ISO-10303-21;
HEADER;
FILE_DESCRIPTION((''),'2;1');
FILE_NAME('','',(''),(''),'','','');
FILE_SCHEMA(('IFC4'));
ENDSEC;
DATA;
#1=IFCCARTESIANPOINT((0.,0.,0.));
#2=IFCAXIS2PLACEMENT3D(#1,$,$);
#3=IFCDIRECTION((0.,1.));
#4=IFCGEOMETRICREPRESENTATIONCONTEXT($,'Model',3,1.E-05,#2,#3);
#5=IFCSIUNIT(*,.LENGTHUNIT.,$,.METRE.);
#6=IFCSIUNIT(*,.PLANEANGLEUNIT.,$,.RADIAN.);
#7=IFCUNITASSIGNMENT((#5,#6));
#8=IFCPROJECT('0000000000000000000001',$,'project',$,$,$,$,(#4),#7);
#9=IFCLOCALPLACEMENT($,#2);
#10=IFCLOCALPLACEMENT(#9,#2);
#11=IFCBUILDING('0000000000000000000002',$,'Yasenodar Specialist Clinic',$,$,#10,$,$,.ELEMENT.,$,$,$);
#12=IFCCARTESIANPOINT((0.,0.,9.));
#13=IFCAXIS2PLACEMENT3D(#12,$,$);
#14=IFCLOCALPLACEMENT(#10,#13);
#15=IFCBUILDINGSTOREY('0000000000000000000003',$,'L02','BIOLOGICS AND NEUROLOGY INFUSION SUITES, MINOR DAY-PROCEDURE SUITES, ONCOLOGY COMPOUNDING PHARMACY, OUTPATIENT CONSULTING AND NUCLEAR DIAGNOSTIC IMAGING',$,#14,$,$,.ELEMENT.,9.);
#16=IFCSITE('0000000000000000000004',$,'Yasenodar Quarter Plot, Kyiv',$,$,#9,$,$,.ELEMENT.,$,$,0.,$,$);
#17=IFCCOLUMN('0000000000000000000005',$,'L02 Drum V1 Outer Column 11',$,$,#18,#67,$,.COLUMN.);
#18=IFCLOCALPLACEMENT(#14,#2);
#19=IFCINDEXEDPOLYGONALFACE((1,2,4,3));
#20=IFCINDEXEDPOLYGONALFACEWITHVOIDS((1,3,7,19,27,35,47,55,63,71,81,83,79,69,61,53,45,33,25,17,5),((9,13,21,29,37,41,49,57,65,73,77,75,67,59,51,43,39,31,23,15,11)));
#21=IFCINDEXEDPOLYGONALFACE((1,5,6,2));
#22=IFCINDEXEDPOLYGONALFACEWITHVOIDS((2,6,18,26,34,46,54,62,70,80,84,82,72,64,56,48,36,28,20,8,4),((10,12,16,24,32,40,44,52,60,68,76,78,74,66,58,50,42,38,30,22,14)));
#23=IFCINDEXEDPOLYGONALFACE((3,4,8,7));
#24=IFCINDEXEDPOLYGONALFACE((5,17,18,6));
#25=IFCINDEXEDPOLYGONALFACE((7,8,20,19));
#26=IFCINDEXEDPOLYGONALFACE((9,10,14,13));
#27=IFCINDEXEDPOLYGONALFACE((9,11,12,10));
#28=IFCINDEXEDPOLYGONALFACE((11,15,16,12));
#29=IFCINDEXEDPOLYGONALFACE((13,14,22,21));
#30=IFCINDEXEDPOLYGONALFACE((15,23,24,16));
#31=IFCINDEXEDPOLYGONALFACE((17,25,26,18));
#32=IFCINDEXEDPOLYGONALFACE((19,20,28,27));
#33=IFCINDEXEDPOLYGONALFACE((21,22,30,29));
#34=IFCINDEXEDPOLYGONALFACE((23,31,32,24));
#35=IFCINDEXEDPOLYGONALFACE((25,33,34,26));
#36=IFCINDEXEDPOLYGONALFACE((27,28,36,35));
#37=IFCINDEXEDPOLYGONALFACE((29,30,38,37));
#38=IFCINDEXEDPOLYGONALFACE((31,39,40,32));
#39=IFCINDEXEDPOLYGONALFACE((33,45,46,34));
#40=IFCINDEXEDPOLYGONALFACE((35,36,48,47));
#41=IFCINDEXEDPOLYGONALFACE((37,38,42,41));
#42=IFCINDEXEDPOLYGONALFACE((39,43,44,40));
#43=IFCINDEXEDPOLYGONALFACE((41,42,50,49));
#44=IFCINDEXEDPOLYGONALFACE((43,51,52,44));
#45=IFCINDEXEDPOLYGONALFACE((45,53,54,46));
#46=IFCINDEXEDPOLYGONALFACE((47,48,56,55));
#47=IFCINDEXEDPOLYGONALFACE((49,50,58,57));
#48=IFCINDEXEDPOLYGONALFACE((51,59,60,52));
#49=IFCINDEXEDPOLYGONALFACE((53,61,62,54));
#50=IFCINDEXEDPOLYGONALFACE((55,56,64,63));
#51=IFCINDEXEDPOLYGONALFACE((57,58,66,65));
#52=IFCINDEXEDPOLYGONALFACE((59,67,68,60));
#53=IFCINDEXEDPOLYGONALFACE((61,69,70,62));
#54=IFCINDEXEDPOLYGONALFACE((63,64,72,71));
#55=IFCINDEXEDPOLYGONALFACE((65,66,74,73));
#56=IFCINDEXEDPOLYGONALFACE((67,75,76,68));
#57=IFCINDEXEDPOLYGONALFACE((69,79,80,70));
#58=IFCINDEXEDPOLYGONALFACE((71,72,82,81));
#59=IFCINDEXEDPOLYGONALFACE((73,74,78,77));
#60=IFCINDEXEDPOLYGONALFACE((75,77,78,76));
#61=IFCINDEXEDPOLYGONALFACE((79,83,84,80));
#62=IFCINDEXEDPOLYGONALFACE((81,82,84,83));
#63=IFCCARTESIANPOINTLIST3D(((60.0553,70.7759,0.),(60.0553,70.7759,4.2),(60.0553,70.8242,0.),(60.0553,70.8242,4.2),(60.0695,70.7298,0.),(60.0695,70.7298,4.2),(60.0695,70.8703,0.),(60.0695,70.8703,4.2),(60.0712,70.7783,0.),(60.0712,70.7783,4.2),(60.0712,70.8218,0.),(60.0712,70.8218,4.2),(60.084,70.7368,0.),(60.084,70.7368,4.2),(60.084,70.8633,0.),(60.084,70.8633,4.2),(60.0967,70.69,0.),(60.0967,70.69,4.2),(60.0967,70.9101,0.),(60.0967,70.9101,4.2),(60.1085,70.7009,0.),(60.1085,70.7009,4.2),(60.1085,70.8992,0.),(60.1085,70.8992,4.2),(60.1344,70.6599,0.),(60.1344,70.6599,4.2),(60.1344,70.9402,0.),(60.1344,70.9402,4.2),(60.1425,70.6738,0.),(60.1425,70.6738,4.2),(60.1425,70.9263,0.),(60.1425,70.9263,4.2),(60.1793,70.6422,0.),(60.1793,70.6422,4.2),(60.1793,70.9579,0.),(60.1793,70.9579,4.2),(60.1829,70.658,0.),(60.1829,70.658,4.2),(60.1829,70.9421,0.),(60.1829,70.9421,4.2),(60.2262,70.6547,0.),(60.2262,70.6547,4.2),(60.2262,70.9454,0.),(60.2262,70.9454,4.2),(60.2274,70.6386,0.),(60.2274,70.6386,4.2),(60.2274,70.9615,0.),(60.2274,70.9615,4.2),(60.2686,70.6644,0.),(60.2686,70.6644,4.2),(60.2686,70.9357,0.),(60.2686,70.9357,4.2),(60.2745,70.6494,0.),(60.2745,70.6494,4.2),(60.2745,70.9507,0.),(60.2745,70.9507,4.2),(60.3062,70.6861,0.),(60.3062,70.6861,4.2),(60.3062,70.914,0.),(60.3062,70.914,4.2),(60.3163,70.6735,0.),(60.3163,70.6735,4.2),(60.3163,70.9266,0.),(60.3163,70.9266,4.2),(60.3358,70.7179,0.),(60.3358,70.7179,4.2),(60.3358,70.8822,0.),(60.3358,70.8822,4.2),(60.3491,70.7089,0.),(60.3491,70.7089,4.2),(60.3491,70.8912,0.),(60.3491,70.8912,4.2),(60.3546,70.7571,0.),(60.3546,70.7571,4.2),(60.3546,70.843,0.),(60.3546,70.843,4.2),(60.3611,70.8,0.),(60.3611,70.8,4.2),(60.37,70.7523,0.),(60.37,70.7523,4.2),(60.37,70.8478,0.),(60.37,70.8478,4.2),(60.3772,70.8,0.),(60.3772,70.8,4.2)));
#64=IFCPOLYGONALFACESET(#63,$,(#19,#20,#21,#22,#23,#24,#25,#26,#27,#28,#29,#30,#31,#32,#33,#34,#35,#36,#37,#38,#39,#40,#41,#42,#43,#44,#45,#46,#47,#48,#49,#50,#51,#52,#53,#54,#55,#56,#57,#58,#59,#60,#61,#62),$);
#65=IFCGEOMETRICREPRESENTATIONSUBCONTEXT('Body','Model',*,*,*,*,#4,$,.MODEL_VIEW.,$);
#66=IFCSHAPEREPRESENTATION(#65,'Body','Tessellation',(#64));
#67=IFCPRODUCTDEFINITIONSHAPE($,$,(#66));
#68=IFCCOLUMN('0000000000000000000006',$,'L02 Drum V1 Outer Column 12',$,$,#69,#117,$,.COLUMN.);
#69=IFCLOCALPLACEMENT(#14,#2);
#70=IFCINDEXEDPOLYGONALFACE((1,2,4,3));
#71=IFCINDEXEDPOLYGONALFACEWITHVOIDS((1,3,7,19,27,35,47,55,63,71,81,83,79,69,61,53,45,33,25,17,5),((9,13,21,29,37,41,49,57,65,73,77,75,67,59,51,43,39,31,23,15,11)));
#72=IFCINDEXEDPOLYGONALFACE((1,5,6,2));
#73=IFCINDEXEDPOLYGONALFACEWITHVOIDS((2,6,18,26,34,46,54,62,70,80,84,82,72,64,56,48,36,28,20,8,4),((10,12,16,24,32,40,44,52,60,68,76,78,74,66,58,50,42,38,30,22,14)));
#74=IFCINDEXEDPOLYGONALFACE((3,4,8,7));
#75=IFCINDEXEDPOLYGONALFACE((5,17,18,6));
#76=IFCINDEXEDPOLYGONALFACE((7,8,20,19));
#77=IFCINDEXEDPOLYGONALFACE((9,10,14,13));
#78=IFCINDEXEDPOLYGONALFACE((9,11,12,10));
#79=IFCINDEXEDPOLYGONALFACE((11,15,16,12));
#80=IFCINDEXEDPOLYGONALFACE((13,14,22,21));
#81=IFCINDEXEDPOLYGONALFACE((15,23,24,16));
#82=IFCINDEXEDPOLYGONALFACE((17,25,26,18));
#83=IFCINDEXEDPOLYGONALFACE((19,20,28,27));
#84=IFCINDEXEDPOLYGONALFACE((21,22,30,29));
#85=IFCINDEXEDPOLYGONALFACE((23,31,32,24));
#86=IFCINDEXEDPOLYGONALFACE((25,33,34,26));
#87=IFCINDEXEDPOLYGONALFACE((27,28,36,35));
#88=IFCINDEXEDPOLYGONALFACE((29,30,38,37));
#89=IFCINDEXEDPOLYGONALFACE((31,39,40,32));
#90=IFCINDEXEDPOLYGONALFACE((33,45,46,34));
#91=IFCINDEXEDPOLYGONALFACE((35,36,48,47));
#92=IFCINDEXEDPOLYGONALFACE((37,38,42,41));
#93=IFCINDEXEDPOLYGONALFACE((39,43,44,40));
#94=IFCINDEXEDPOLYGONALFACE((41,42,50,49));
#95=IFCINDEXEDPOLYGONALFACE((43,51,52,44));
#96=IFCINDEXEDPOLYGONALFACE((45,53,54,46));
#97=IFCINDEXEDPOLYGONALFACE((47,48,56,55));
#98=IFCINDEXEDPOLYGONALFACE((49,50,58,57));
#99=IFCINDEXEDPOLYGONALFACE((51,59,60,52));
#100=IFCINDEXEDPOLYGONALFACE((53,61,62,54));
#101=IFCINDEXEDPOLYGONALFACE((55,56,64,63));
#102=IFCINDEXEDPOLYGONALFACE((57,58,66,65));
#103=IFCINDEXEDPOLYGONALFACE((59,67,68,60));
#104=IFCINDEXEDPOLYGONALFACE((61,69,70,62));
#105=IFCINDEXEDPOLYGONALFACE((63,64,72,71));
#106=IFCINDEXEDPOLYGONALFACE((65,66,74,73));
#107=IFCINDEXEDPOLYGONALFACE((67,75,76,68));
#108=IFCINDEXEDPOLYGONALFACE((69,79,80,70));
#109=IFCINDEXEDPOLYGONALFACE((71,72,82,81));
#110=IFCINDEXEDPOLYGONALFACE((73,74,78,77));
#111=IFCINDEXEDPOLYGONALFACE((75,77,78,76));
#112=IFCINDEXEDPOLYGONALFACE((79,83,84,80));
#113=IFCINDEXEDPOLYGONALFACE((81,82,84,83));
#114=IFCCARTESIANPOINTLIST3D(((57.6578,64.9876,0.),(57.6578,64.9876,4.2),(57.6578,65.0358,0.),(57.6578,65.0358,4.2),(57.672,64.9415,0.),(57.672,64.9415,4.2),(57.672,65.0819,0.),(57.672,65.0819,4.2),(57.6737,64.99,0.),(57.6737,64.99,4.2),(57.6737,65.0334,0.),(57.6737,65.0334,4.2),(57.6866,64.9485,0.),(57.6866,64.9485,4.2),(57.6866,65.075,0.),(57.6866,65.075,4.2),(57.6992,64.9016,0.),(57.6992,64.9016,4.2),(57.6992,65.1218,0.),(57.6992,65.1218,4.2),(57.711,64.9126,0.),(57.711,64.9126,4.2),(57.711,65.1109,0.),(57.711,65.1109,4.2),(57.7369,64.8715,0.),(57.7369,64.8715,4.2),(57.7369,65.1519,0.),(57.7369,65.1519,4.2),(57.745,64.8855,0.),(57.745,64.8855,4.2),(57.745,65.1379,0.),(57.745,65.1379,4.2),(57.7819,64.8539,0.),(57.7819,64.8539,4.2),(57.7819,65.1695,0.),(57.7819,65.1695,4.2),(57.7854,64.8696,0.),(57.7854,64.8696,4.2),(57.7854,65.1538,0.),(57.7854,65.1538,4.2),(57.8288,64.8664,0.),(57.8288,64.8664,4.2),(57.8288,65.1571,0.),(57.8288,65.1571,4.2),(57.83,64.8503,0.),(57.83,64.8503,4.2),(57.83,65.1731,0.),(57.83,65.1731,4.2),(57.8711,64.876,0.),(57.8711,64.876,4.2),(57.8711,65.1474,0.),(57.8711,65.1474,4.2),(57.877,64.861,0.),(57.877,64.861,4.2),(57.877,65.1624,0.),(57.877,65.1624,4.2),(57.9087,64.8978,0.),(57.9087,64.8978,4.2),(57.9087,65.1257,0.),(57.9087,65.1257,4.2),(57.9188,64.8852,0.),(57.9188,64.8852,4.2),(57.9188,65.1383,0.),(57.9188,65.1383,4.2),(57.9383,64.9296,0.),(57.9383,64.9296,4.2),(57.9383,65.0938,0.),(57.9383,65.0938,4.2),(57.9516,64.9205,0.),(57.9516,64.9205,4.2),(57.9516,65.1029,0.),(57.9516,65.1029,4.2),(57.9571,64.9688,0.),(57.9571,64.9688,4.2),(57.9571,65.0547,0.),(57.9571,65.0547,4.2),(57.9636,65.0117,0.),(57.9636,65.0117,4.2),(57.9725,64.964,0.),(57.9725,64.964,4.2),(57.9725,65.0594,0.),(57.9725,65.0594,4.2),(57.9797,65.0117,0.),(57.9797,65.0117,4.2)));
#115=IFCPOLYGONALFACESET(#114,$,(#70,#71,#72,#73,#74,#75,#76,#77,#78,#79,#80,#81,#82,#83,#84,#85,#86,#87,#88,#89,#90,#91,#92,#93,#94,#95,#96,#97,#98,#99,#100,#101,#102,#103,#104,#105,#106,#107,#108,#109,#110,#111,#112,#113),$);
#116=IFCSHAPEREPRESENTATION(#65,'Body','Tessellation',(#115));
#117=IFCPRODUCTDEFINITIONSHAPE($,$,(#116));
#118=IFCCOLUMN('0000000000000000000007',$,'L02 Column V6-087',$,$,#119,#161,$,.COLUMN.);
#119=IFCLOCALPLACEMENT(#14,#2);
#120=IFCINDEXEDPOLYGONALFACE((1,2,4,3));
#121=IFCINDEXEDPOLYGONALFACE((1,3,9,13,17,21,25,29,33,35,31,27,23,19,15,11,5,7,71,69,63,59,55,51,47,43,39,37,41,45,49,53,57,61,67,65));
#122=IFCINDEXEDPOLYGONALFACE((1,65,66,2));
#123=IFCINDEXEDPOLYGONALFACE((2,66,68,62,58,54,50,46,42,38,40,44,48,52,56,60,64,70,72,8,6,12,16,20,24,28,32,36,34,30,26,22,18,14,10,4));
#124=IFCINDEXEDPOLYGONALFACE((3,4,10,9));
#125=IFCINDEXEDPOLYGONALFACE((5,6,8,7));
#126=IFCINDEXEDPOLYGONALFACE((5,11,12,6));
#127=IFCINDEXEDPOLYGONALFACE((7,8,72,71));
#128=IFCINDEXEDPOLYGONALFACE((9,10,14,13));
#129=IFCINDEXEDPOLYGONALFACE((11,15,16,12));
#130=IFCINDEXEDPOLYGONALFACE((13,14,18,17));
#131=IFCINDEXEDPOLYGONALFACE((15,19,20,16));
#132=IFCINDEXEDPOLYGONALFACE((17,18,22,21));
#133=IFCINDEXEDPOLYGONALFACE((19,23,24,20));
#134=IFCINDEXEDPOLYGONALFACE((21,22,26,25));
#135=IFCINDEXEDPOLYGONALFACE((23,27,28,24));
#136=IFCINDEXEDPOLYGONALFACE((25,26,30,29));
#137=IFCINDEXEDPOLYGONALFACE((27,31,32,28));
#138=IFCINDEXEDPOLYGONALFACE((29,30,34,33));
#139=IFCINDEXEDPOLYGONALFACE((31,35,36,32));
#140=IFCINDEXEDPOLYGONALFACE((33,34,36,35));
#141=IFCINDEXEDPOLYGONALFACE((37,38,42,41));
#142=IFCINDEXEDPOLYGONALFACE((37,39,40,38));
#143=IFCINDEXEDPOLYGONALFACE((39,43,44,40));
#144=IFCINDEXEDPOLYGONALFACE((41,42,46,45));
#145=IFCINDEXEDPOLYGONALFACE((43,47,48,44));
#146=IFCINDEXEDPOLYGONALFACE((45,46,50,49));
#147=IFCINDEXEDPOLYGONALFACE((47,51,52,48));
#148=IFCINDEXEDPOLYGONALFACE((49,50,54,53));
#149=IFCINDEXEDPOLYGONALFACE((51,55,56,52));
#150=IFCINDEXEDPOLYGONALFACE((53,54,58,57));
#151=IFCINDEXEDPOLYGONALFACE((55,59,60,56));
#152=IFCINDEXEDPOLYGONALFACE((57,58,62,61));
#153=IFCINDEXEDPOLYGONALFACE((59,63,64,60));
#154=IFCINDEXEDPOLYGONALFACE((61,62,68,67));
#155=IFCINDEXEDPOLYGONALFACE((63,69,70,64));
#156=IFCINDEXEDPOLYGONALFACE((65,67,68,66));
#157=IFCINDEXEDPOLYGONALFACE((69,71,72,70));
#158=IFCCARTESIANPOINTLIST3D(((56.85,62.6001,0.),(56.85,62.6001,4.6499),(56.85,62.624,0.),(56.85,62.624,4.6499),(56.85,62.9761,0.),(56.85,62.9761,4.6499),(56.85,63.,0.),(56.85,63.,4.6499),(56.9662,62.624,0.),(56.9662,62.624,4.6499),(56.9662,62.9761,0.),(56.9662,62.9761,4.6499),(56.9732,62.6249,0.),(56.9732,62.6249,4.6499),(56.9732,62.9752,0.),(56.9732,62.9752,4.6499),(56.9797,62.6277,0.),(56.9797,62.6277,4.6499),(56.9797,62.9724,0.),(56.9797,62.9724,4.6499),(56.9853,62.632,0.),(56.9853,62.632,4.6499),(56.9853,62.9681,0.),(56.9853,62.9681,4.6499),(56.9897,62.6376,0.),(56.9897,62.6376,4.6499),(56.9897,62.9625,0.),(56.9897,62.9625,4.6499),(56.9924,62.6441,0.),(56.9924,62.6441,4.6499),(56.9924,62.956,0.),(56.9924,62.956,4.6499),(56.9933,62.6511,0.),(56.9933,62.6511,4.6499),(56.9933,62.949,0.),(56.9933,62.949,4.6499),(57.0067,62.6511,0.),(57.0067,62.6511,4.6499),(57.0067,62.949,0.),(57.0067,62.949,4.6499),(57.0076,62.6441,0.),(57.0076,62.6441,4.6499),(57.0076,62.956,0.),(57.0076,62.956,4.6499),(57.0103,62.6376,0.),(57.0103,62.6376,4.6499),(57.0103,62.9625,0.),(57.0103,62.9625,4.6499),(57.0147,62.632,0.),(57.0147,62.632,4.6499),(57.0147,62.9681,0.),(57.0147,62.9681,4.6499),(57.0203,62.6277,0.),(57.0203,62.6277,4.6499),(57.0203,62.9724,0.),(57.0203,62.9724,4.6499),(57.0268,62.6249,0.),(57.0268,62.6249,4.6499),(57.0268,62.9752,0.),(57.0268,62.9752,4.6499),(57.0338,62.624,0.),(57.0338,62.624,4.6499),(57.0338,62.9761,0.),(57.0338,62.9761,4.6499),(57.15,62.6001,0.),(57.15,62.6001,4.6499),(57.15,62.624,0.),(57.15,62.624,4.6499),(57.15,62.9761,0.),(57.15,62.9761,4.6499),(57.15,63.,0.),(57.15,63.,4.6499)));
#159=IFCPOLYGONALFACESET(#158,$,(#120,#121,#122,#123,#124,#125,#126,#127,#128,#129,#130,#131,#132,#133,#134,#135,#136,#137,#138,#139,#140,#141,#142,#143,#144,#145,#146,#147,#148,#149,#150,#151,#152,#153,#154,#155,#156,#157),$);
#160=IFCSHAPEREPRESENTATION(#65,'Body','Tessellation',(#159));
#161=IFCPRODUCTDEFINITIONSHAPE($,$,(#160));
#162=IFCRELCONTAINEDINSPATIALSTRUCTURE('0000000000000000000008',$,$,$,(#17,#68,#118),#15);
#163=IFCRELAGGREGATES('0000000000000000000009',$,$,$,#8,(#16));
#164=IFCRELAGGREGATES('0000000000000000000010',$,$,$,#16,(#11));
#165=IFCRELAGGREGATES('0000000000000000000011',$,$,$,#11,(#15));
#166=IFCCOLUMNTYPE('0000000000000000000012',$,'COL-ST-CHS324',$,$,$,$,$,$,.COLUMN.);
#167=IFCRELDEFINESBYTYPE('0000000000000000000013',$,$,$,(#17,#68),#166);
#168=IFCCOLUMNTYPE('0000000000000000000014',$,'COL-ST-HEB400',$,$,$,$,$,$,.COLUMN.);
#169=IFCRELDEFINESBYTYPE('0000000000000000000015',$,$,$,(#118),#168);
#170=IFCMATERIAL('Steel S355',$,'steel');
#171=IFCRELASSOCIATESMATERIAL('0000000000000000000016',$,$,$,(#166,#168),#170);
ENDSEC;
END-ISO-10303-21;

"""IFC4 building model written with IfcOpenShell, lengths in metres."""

from ifc_helpers import new_model, si_unit, direction, frame, origin, origin_2d, place, context, subcontext, project, spatial, hollow_circle, i_section, extrude, material, material_profile, profile_set, type_object, element, save


model = new_model("IFC4")

# Units and contexts
model_context = context("Model", 3, precision=1e-05, world=origin(), true_north=direction((0.0, 1.0)))
body_context = subcontext(model_context, "Body", "Model", "MODEL_VIEW")
ifc_project = project(units=[si_unit("LENGTHUNIT", "METRE"), si_unit("PLANEANGLEUNIT", "RADIAN")], contexts=[model_context])

# Site, building, storey
site_placement = place(None, origin())
site = spatial("IfcSite", under=ifc_project, at=site_placement, Name="Yasenodar Quarter Plot, Kyiv", CompositionType="ELEMENT", RefElevation=0.0)
building_placement = place(site_placement, origin())
building = spatial("IfcBuilding", under=site, at=building_placement, Name="Yasenodar Specialist Clinic", CompositionType="ELEMENT")
storey_placement = place(building_placement, frame((0.0, 0.0, 9.0)))
storey = spatial("IfcBuildingStorey", under=building, at=storey_placement, Name="L02", Description="BIOLOGICS AND NEUROLOGY INFUSION SUITES, MINOR DAY-PROCEDURE SUITES, ONCOLOGY COMPOUNDING PHARMACY, OUTPATIENT CONSULTING AND NUCLEAR DIAGNOSTIC IMAGING", CompositionType="ELEMENT", Elevation=9.0)

# Columns
ifc_material_1 = material(Name="Steel S355", Category="steel")
ifc_material_profile_1 = material_profile(ifc_material_1, hollow_circle(Radius=0.1619, WallThickness=0.0161, at=origin_2d()), Name="CHS 323.9x16")
ifc_profile_set_1 = profile_set([ifc_material_profile_1], Name="Steel S355")
column_type_1 = type_object("IfcColumnType", Name="COL-ST-CHS324", PredefinedType="COLUMN", material=ifc_profile_set_1)
for number, where, z_axis, x_axis, name in (
    (1, (60.2153, 70.8, 0.0), (0.0, 0.0, 1.0), (1.0, 0.0, 0.0), "L02 Drum V1 Outer Column 11"),
    (2, (57.8179, 65.0117, 0.0), (0.0, 0.0, 1.0), (1.0, 0.0, 0.0), "L02 Drum V1 Outer Column 12"),
):
    element("IfcColumn", number, at=place(storey_placement, frame(where, z_axis=z_axis, x_axis=x_axis)), inside=storey, type_object=column_type_1, Name=name, PredefinedType="COLUMN", context=body_context, shape_type="SweptSolid", body=[
        extrude(hollow_circle(Radius=0.1619, WallThickness=0.0161, at=origin_2d()), origin(), (0.0, 0.0, 1.0), 4.2),
    ])
ifc_material_profile_2 = material_profile(ifc_material_1, i_section(OverallWidth=0.3, OverallDepth=0.3999, WebThickness=0.0134, FlangeThickness=0.0239, FilletRadius=0.0271, at=origin_2d()), Name="HEB 400")
ifc_profile_set_2 = profile_set([ifc_material_profile_2], Name="Steel S355")
column_type_2 = type_object("IfcColumnType", Name="COL-ST-HEB400", PredefinedType="COLUMN", material=ifc_profile_set_2)
column_placement = place(storey_placement, frame((57.0, 62.8, 0.0), z_axis=(0.0, 0.0, 1.0), x_axis=(1.0, 0.0, 0.0)))
element("IfcColumn", 3, at=column_placement, inside=storey, type_object=column_type_2, Name="L02 Column V6-087", PredefinedType="COLUMN", context=body_context, shape_type="SweptSolid", body=[
    extrude(i_section(OverallWidth=0.3, OverallDepth=0.3999, WebThickness=0.0134, FlangeThickness=0.0239, FilletRadius=0.0271, at=origin_2d()), origin(), (0.0, 0.0, 1.0), 4.6499),
])

save(model, "model.ifc")
